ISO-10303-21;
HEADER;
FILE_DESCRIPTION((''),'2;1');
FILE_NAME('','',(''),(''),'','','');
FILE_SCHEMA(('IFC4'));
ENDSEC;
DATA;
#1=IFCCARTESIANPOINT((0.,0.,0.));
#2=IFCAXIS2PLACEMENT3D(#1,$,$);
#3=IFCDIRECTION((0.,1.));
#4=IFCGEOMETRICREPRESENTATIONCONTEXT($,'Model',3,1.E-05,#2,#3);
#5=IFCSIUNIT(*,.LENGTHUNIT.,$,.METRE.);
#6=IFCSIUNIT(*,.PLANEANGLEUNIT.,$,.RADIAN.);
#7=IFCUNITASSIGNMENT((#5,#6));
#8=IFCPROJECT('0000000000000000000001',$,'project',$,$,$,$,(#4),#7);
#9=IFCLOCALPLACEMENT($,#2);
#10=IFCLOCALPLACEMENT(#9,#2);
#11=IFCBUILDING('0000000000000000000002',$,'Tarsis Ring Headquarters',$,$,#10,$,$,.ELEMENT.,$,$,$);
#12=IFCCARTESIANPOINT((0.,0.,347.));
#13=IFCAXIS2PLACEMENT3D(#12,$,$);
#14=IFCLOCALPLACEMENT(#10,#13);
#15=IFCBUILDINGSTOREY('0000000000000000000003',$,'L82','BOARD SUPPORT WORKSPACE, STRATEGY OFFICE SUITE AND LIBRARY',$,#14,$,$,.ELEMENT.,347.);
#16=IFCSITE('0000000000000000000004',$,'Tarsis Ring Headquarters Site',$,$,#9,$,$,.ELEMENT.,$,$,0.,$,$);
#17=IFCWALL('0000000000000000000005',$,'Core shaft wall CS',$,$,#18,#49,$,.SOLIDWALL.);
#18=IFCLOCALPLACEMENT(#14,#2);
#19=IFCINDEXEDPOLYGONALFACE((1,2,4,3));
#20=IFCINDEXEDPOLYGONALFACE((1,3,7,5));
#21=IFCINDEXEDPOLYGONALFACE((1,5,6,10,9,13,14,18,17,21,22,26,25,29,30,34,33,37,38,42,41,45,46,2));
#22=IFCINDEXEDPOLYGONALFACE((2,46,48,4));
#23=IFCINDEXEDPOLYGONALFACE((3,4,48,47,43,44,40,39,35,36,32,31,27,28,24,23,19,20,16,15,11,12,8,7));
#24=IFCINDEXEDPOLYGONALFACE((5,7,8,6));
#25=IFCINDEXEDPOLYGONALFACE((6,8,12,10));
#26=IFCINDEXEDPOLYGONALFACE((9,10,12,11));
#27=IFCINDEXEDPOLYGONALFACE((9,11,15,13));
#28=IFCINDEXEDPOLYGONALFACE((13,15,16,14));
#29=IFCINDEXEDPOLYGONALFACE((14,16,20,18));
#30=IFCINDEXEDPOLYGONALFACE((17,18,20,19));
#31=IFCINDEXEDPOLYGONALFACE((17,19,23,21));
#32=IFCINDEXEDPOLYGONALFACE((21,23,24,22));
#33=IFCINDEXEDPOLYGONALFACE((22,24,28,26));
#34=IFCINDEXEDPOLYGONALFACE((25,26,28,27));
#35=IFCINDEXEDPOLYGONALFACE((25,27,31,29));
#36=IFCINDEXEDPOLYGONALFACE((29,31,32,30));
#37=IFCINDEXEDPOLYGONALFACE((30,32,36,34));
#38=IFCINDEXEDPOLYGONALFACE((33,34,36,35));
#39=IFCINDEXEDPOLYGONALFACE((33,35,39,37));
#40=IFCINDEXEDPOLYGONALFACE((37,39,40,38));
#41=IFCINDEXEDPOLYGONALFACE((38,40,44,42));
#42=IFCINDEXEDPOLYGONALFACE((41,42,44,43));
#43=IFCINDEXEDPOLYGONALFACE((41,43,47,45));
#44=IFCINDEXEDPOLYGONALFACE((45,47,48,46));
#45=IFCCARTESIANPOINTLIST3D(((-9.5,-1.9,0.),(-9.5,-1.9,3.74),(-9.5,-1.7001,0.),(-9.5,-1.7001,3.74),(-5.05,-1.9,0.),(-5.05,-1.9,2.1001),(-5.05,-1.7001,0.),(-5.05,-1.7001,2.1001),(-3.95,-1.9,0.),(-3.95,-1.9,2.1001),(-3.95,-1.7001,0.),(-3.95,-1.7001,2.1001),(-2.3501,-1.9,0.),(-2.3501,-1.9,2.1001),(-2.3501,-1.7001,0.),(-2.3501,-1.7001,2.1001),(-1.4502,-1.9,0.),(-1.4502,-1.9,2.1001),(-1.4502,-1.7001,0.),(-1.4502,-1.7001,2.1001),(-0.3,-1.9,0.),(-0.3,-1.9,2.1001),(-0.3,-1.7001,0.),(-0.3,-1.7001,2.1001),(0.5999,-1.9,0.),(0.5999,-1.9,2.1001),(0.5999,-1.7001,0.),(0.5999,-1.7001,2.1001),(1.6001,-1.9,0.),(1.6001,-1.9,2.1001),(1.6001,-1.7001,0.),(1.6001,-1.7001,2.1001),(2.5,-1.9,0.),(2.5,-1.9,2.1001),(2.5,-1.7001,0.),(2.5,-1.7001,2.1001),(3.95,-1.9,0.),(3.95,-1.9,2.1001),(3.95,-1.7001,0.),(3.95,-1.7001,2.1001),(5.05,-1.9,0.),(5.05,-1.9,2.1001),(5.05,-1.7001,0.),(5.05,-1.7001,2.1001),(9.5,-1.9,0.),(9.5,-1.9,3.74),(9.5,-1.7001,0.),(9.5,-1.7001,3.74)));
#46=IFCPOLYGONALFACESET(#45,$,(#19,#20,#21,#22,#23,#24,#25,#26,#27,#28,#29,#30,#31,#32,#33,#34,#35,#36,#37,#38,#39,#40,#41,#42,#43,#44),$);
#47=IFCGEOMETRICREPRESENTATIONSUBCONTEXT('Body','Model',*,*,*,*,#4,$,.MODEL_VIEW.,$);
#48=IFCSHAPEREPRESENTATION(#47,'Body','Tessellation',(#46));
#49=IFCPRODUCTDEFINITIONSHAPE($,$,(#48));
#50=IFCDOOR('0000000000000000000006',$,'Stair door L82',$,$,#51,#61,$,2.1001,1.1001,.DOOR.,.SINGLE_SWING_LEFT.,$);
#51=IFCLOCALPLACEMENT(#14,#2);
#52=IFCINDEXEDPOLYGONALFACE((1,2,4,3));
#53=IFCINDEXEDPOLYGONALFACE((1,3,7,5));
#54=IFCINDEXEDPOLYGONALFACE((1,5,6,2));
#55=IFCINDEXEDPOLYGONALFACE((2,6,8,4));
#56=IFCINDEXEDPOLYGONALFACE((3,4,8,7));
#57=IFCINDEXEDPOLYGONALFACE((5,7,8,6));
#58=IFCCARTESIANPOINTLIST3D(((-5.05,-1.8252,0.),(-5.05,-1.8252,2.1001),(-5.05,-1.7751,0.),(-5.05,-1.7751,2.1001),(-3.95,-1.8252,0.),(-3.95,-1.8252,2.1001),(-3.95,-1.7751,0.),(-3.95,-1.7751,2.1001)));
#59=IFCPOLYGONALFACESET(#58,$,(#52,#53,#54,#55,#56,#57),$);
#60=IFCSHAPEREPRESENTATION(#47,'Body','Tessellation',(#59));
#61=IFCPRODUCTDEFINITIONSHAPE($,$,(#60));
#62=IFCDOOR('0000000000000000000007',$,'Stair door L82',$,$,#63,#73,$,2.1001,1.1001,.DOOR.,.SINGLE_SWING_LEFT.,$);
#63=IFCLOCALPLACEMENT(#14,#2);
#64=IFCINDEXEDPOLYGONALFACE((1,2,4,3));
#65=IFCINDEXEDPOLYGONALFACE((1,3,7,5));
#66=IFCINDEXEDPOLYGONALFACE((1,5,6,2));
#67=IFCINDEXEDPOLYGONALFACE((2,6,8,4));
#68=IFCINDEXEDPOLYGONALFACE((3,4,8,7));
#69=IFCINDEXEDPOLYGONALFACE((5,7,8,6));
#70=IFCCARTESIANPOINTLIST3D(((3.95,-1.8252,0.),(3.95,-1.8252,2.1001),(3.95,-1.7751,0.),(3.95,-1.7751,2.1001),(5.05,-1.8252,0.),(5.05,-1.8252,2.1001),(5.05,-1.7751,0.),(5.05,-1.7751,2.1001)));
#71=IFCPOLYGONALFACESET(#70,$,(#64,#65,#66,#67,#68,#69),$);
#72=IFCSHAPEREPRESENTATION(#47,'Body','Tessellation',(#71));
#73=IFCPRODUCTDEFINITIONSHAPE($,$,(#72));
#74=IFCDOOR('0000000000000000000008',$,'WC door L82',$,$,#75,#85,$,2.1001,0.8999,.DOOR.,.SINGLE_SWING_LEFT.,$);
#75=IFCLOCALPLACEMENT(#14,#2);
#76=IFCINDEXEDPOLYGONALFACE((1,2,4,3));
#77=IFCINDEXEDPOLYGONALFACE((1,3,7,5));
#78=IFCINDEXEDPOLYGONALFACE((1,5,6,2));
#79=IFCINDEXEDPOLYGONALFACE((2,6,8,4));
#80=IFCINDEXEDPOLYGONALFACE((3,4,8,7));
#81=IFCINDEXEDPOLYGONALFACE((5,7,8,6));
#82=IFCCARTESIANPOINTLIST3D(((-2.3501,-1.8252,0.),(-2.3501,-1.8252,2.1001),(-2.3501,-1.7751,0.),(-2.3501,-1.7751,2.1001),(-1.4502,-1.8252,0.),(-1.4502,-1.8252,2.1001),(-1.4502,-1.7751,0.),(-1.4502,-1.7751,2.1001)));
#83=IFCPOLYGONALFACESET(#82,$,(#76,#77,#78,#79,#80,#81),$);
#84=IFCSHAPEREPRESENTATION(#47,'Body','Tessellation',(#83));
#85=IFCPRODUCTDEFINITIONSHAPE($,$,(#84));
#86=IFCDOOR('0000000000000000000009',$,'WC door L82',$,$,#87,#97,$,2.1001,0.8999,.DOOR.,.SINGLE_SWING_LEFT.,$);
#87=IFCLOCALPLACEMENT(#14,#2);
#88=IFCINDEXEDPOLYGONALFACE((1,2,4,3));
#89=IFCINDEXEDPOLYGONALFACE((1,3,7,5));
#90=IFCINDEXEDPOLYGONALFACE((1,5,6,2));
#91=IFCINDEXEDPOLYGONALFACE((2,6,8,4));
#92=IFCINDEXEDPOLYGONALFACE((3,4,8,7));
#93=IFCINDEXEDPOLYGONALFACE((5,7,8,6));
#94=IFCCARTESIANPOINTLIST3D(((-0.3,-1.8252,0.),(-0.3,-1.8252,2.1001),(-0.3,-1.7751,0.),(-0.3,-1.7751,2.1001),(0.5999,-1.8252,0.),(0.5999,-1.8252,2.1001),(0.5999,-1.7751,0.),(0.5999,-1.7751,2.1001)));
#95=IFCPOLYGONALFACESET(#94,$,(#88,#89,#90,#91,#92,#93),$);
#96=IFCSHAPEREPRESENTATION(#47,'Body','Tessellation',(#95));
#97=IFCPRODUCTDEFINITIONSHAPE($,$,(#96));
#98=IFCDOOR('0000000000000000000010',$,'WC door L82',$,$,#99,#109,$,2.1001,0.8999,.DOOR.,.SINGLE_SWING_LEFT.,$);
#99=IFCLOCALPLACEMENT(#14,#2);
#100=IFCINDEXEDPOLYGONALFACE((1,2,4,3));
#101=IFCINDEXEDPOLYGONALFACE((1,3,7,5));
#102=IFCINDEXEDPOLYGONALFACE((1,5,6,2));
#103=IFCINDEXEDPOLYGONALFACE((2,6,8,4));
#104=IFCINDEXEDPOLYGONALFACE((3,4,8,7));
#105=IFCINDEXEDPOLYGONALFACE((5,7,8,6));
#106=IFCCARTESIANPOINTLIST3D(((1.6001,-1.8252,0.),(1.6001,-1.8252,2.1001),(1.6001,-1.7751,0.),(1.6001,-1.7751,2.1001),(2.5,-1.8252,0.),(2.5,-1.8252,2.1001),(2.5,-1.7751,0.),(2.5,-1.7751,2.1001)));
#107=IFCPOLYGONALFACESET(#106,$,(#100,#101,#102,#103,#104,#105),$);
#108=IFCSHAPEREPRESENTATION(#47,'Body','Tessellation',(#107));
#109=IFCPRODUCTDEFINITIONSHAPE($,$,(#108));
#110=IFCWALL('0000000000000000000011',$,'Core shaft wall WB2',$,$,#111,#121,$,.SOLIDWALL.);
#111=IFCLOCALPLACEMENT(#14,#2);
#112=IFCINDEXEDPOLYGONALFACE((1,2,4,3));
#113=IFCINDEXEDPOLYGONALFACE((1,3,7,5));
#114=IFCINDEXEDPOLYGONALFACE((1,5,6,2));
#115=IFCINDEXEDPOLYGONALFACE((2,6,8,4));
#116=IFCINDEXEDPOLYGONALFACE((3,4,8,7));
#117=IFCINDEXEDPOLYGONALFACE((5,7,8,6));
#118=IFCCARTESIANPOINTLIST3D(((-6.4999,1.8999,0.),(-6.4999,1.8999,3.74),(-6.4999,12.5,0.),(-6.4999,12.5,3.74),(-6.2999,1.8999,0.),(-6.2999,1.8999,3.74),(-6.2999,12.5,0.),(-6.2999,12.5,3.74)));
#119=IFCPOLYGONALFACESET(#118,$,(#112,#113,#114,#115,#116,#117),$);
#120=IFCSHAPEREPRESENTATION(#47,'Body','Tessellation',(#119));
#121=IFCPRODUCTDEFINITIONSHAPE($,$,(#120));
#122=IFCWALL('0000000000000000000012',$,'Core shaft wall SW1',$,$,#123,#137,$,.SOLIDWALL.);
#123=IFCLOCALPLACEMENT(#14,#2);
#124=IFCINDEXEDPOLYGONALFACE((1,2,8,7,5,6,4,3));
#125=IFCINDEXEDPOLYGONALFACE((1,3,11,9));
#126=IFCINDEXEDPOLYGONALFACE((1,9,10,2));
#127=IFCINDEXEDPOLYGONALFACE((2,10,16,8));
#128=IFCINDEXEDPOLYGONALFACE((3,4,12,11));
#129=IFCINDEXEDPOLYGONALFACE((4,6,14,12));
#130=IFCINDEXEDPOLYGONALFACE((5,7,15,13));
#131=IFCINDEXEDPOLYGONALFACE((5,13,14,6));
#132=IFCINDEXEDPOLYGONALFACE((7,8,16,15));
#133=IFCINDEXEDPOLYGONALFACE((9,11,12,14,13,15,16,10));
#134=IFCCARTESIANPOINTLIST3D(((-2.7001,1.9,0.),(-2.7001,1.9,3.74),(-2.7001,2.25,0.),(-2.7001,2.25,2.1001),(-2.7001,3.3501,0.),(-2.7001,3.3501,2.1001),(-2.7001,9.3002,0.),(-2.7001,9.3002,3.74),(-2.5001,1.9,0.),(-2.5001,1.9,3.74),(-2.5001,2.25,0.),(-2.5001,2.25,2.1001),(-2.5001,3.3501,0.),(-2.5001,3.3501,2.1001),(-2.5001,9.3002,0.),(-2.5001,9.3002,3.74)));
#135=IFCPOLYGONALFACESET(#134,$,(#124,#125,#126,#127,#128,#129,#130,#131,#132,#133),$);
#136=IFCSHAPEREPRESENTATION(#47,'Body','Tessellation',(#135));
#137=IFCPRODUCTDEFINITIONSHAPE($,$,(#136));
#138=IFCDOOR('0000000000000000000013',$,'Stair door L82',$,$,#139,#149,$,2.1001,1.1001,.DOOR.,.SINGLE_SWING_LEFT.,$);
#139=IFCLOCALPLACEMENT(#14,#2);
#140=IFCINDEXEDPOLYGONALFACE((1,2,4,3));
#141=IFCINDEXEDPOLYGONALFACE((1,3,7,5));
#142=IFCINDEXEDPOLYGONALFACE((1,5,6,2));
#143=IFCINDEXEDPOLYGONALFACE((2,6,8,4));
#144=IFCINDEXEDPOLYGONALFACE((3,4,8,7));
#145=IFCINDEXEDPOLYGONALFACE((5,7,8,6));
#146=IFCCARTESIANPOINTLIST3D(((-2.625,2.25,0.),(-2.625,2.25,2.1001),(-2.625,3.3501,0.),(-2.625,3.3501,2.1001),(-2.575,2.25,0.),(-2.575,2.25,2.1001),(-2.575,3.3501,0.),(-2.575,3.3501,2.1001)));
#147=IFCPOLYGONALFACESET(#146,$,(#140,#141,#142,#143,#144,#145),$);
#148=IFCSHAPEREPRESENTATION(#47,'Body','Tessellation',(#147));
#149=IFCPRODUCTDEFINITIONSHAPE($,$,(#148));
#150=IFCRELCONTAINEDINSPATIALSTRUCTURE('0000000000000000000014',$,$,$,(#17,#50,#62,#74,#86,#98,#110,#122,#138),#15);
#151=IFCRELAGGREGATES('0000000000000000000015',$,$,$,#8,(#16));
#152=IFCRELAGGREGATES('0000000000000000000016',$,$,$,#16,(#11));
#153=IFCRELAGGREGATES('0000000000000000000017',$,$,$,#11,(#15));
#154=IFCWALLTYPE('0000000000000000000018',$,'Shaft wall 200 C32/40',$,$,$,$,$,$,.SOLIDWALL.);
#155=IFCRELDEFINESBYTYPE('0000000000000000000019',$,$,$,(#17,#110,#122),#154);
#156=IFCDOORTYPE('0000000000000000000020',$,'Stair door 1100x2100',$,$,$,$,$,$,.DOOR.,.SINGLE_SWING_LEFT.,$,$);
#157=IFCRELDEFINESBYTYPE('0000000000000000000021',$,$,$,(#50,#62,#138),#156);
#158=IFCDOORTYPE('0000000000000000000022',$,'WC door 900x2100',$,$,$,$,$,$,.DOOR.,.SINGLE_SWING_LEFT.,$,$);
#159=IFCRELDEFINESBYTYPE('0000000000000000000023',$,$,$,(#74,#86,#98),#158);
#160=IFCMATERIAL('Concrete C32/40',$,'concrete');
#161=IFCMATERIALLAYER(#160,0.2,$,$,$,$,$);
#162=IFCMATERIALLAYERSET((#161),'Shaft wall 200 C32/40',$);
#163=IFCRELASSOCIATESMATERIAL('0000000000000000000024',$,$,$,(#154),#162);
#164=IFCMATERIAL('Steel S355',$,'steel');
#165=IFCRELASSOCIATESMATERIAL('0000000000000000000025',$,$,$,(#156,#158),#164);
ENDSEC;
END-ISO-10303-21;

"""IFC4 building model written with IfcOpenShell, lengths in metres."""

from ifc_helpers import new_model, si_unit, direction, frame, frame_2d, origin, place, context, subcontext, project, spatial, rectangle, extrude, material, layer, layer_set, type_object, element, fill, save


model = new_model("IFC4")

# Units and contexts
model_context = context("Model", 3, precision=1e-05, world=origin(), true_north=direction((0.0, 1.0)))
body_context = subcontext(model_context, "Body", "Model", "MODEL_VIEW")
ifc_project = project(units=[si_unit("LENGTHUNIT", "METRE"), si_unit("PLANEANGLEUNIT", "RADIAN")], contexts=[model_context])

# Site, building, storey
site_placement = place(None, origin())
site = spatial("IfcSite", under=ifc_project, at=site_placement, Name="Tarsis Ring Headquarters Site", CompositionType="ELEMENT", RefElevation=0.0)
building_placement = place(site_placement, origin())
building = spatial("IfcBuilding", under=site, at=building_placement, Name="Tarsis Ring Headquarters", CompositionType="ELEMENT")
storey_placement = place(building_placement, frame((0.0, 0.0, 347.0)))
storey = spatial("IfcBuildingStorey", under=building, at=storey_placement, Name="L82", Description="BOARD SUPPORT WORKSPACE, STRATEGY OFFICE SUITE AND LIBRARY", CompositionType="ELEMENT", Elevation=347.0)

# Wall, openings, doors
ifc_material_1 = material(Name="Concrete C32/40", Category="concrete")
ifc_layer = layer(ifc_material_1, 0.2)
ifc_layer_set = layer_set([ifc_layer], Name="Shaft wall 200 C32/40")
wall_type = type_object("IfcWallType", Name="Shaft wall 200 C32/40", PredefinedType="SOLIDWALL", material=ifc_layer_set)
ifc_material_2 = material(Name="Steel S355", Category="steel")
door_type_1 = type_object("IfcDoorType", Name="Stair door 1100x2100", OperationType="SINGLE_SWING_LEFT", PredefinedType="DOOR", material=ifc_material_2)
wall_1_placement = place(storey_placement, frame((-9.5, -1.8, 0.0), z_axis=(0.0, 0.0, 1.0), x_axis=(1.0, 0.0, 0.0)))
wall_1 = element("IfcWall", 1, at=wall_1_placement, inside=storey, type_object=wall_type, Name="Core shaft wall CS", PredefinedType="SOLIDWALL", context=body_context, shape_type="SweptSolid", body=[
    extrude(rectangle(XDim=19.0, YDim=0.2, at=frame_2d((9.5, 0.0))), origin(), (0.0, 0.0, 1.0), 3.74),
])
opening_1_placement = place(wall_1_placement, frame((4.45, 0.0, 0.0)))
opening_1 = element("IfcOpeningElement", 2, at=opening_1_placement, cuts=wall_1, PredefinedType="OPENING", context=body_context, shape_type="SweptSolid", body=[
    extrude(rectangle(XDim=1.1001, YDim=2.1001, at=frame_2d((0.55, 1.05))), frame((0.0, 0.1099, 0.0), z_axis=(0.0, -1.0, 0.0), x_axis=(1.0, 0.0, 0.0)), (0.0, 0.0, 1.0), 0.22),
])
opening_2_placement = place(wall_1_placement, frame((7.1499, 0.0, 0.0)))
opening_2 = element("IfcOpeningElement", 3, at=opening_2_placement, cuts=wall_1, PredefinedType="OPENING", context=body_context, shape_type="SweptSolid", body=[
    extrude(rectangle(XDim=0.8999, YDim=2.1001, at=frame_2d((0.45, 1.05))), frame((0.0, 0.1099, 0.0), z_axis=(0.0, -1.0, 0.0), x_axis=(1.0, 0.0, 0.0)), (0.0, 0.0, 1.0), 0.22),
])
opening_3_placement = place(wall_1_placement, frame((9.2, 0.0, 0.0)))
opening_3 = element("IfcOpeningElement", 4, at=opening_3_placement, cuts=wall_1, PredefinedType="OPENING", context=body_context, shape_type="SweptSolid", body=[
    extrude(rectangle(XDim=0.8999, YDim=2.1001, at=frame_2d((0.45, 1.05))), frame((0.0, 0.1099, 0.0), z_axis=(0.0, -1.0, 0.0), x_axis=(1.0, 0.0, 0.0)), (0.0, 0.0, 1.0), 0.22),
])
opening_4_placement = place(wall_1_placement, frame((11.1001, 0.0, 0.0)))
opening_4 = element("IfcOpeningElement", 5, at=opening_4_placement, cuts=wall_1, PredefinedType="OPENING", context=body_context, shape_type="SweptSolid", body=[
    extrude(rectangle(XDim=0.8999, YDim=2.1001, at=frame_2d((0.45, 1.05))), frame((0.0, 0.1099, 0.0), z_axis=(0.0, -1.0, 0.0), x_axis=(1.0, 0.0, 0.0)), (0.0, 0.0, 1.0), 0.22),
])
opening_5_placement = place(wall_1_placement, frame((13.45, 0.0, 0.0)))
opening_5 = element("IfcOpeningElement", 6, at=opening_5_placement, cuts=wall_1, PredefinedType="OPENING", context=body_context, shape_type="SweptSolid", body=[
    extrude(rectangle(XDim=1.1001, YDim=2.1001, at=frame_2d((0.55, 1.05))), frame((0.0, 0.1099, 0.0), z_axis=(0.0, -1.0, 0.0), x_axis=(1.0, 0.0, 0.0)), (0.0, 0.0, 1.0), 0.22),
])
door_1_placement = place(opening_1_placement, origin())
door_1 = element("IfcDoor", 7, at=door_1_placement, inside=storey, type_object=door_type_1, Name="Stair door L82", OperationType="SINGLE_SWING_LEFT", OverallHeight=2.1001, OverallWidth=1.1001, PredefinedType="DOOR", context=body_context, shape_type="SweptSolid", body=[
    extrude(rectangle(XDim=1.1001, YDim=2.1001, at=frame_2d((0.55, 1.05))), frame((0.0, 0.0249, 0.0), z_axis=(0.0, -1.0, 0.0), x_axis=(1.0, 0.0, 0.0)), (0.0, 0.0, 1.0), 0.05),
])
fill(opening_1, door_1)
door_2_placement = place(opening_5_placement, origin())
door_2 = element("IfcDoor", 8, at=door_2_placement, inside=storey, type_object=door_type_1, Name="Stair door L82", OperationType="SINGLE_SWING_LEFT", OverallHeight=2.1001, OverallWidth=1.1001, PredefinedType="DOOR", context=body_context, shape_type="SweptSolid", body=[
    extrude(rectangle(XDim=1.1001, YDim=2.1001, at=frame_2d((0.55, 1.05))), frame((0.0, 0.0249, 0.0), z_axis=(0.0, -1.0, 0.0), x_axis=(1.0, 0.0, 0.0)), (0.0, 0.0, 1.0), 0.05),
])
fill(opening_5, door_2)
door_type_2 = type_object("IfcDoorType", Name="WC door 900x2100", OperationType="SINGLE_SWING_LEFT", PredefinedType="DOOR", material=ifc_material_2)
door_3_placement = place(opening_2_placement, origin())
door_3 = element("IfcDoor", 9, at=door_3_placement, inside=storey, type_object=door_type_2, Name="WC door L82", OperationType="SINGLE_SWING_LEFT", OverallHeight=2.1001, OverallWidth=0.8999, PredefinedType="DOOR", context=body_context, shape_type="SweptSolid", body=[
    extrude(rectangle(XDim=0.8999, YDim=2.1001, at=frame_2d((0.45, 1.05))), frame((0.0, 0.0249, 0.0), z_axis=(0.0, -1.0, 0.0), x_axis=(1.0, 0.0, 0.0)), (0.0, 0.0, 1.0), 0.05),
])
fill(opening_2, door_3)
door_4_placement = place(opening_3_placement, origin())
door_4 = element("IfcDoor", 10, at=door_4_placement, inside=storey, type_object=door_type_2, Name="WC door L82", OperationType="SINGLE_SWING_LEFT", OverallHeight=2.1001, OverallWidth=0.8999, PredefinedType="DOOR", context=body_context, shape_type="SweptSolid", body=[
    extrude(rectangle(XDim=0.8999, YDim=2.1001, at=frame_2d((0.45, 1.05))), frame((0.0, 0.0249, 0.0), z_axis=(0.0, -1.0, 0.0), x_axis=(1.0, 0.0, 0.0)), (0.0, 0.0, 1.0), 0.05),
])
fill(opening_3, door_4)
door_5_placement = place(opening_4_placement, origin())
door_5 = element("IfcDoor", 11, at=door_5_placement, inside=storey, type_object=door_type_2, Name="WC door L82", OperationType="SINGLE_SWING_LEFT", OverallHeight=2.1001, OverallWidth=0.8999, PredefinedType="DOOR", context=body_context, shape_type="SweptSolid", body=[
    extrude(rectangle(XDim=0.8999, YDim=2.1001, at=frame_2d((0.45, 1.05))), frame((0.0, 0.0249, 0.0), z_axis=(0.0, -1.0, 0.0), x_axis=(1.0, 0.0, 0.0)), (0.0, 0.0, 1.0), 0.05),
])
fill(opening_4, door_5)

# Wall
wall_2_placement = place(storey_placement, frame((-6.3999, 1.8999, 0.0), z_axis=(0.0, 0.0, 1.0), x_axis=(0.0, 1.0, 0.0)))
element("IfcWall", 12, at=wall_2_placement, inside=storey, type_object=wall_type, Name="Core shaft wall WB2", PredefinedType="SOLIDWALL", context=body_context, shape_type="SweptSolid", body=[
    extrude(rectangle(XDim=10.6001, YDim=0.2, at=frame_2d((5.3, 0.0))), origin(), (0.0, 0.0, 1.0), 3.74),
])

# Wall, opening, door
wall_3_placement = place(storey_placement, frame((-2.6001, 1.8999, 0.0), z_axis=(0.0, 0.0, 1.0), x_axis=(0.0, 1.0, 0.0)))
wall_3 = element("IfcWall", 13, at=wall_3_placement, inside=storey, type_object=wall_type, Name="Core shaft wall SW1", PredefinedType="SOLIDWALL", context=body_context, shape_type="SweptSolid", body=[
    extrude(rectangle(XDim=7.4001, YDim=0.2, at=frame_2d((3.7002, 0.0))), origin(), (0.0, 0.0, 1.0), 3.74),
])
opening_6_placement = place(wall_3_placement, frame((0.3501, 0.0, 0.0)))
opening_6 = element("IfcOpeningElement", 14, at=opening_6_placement, cuts=wall_3, PredefinedType="OPENING", context=body_context, shape_type="SweptSolid", body=[
    extrude(rectangle(XDim=1.1001, YDim=2.1001, at=frame_2d((0.55, 1.05))), frame((0.0, 0.1099, 0.0), z_axis=(0.0, -1.0, 0.0), x_axis=(1.0, 0.0, 0.0)), (0.0, 0.0, 1.0), 0.22),
])
door_6_placement = place(opening_6_placement, origin())
door_6 = element("IfcDoor", 15, at=door_6_placement, inside=storey, type_object=door_type_1, Name="Stair door L82", OperationType="SINGLE_SWING_LEFT", OverallHeight=2.1001, OverallWidth=1.1001, PredefinedType="DOOR", context=body_context, shape_type="SweptSolid", body=[
    extrude(rectangle(XDim=1.1001, YDim=2.1001, at=frame_2d((0.55, 1.05))), frame((0.0, 0.0249, 0.0), z_axis=(0.0, -1.0, 0.0), x_axis=(1.0, 0.0, 0.0)), (0.0, 0.0, 1.0), 0.05),
])
fill(opening_6, door_6)

save(model, "model.ifc")
